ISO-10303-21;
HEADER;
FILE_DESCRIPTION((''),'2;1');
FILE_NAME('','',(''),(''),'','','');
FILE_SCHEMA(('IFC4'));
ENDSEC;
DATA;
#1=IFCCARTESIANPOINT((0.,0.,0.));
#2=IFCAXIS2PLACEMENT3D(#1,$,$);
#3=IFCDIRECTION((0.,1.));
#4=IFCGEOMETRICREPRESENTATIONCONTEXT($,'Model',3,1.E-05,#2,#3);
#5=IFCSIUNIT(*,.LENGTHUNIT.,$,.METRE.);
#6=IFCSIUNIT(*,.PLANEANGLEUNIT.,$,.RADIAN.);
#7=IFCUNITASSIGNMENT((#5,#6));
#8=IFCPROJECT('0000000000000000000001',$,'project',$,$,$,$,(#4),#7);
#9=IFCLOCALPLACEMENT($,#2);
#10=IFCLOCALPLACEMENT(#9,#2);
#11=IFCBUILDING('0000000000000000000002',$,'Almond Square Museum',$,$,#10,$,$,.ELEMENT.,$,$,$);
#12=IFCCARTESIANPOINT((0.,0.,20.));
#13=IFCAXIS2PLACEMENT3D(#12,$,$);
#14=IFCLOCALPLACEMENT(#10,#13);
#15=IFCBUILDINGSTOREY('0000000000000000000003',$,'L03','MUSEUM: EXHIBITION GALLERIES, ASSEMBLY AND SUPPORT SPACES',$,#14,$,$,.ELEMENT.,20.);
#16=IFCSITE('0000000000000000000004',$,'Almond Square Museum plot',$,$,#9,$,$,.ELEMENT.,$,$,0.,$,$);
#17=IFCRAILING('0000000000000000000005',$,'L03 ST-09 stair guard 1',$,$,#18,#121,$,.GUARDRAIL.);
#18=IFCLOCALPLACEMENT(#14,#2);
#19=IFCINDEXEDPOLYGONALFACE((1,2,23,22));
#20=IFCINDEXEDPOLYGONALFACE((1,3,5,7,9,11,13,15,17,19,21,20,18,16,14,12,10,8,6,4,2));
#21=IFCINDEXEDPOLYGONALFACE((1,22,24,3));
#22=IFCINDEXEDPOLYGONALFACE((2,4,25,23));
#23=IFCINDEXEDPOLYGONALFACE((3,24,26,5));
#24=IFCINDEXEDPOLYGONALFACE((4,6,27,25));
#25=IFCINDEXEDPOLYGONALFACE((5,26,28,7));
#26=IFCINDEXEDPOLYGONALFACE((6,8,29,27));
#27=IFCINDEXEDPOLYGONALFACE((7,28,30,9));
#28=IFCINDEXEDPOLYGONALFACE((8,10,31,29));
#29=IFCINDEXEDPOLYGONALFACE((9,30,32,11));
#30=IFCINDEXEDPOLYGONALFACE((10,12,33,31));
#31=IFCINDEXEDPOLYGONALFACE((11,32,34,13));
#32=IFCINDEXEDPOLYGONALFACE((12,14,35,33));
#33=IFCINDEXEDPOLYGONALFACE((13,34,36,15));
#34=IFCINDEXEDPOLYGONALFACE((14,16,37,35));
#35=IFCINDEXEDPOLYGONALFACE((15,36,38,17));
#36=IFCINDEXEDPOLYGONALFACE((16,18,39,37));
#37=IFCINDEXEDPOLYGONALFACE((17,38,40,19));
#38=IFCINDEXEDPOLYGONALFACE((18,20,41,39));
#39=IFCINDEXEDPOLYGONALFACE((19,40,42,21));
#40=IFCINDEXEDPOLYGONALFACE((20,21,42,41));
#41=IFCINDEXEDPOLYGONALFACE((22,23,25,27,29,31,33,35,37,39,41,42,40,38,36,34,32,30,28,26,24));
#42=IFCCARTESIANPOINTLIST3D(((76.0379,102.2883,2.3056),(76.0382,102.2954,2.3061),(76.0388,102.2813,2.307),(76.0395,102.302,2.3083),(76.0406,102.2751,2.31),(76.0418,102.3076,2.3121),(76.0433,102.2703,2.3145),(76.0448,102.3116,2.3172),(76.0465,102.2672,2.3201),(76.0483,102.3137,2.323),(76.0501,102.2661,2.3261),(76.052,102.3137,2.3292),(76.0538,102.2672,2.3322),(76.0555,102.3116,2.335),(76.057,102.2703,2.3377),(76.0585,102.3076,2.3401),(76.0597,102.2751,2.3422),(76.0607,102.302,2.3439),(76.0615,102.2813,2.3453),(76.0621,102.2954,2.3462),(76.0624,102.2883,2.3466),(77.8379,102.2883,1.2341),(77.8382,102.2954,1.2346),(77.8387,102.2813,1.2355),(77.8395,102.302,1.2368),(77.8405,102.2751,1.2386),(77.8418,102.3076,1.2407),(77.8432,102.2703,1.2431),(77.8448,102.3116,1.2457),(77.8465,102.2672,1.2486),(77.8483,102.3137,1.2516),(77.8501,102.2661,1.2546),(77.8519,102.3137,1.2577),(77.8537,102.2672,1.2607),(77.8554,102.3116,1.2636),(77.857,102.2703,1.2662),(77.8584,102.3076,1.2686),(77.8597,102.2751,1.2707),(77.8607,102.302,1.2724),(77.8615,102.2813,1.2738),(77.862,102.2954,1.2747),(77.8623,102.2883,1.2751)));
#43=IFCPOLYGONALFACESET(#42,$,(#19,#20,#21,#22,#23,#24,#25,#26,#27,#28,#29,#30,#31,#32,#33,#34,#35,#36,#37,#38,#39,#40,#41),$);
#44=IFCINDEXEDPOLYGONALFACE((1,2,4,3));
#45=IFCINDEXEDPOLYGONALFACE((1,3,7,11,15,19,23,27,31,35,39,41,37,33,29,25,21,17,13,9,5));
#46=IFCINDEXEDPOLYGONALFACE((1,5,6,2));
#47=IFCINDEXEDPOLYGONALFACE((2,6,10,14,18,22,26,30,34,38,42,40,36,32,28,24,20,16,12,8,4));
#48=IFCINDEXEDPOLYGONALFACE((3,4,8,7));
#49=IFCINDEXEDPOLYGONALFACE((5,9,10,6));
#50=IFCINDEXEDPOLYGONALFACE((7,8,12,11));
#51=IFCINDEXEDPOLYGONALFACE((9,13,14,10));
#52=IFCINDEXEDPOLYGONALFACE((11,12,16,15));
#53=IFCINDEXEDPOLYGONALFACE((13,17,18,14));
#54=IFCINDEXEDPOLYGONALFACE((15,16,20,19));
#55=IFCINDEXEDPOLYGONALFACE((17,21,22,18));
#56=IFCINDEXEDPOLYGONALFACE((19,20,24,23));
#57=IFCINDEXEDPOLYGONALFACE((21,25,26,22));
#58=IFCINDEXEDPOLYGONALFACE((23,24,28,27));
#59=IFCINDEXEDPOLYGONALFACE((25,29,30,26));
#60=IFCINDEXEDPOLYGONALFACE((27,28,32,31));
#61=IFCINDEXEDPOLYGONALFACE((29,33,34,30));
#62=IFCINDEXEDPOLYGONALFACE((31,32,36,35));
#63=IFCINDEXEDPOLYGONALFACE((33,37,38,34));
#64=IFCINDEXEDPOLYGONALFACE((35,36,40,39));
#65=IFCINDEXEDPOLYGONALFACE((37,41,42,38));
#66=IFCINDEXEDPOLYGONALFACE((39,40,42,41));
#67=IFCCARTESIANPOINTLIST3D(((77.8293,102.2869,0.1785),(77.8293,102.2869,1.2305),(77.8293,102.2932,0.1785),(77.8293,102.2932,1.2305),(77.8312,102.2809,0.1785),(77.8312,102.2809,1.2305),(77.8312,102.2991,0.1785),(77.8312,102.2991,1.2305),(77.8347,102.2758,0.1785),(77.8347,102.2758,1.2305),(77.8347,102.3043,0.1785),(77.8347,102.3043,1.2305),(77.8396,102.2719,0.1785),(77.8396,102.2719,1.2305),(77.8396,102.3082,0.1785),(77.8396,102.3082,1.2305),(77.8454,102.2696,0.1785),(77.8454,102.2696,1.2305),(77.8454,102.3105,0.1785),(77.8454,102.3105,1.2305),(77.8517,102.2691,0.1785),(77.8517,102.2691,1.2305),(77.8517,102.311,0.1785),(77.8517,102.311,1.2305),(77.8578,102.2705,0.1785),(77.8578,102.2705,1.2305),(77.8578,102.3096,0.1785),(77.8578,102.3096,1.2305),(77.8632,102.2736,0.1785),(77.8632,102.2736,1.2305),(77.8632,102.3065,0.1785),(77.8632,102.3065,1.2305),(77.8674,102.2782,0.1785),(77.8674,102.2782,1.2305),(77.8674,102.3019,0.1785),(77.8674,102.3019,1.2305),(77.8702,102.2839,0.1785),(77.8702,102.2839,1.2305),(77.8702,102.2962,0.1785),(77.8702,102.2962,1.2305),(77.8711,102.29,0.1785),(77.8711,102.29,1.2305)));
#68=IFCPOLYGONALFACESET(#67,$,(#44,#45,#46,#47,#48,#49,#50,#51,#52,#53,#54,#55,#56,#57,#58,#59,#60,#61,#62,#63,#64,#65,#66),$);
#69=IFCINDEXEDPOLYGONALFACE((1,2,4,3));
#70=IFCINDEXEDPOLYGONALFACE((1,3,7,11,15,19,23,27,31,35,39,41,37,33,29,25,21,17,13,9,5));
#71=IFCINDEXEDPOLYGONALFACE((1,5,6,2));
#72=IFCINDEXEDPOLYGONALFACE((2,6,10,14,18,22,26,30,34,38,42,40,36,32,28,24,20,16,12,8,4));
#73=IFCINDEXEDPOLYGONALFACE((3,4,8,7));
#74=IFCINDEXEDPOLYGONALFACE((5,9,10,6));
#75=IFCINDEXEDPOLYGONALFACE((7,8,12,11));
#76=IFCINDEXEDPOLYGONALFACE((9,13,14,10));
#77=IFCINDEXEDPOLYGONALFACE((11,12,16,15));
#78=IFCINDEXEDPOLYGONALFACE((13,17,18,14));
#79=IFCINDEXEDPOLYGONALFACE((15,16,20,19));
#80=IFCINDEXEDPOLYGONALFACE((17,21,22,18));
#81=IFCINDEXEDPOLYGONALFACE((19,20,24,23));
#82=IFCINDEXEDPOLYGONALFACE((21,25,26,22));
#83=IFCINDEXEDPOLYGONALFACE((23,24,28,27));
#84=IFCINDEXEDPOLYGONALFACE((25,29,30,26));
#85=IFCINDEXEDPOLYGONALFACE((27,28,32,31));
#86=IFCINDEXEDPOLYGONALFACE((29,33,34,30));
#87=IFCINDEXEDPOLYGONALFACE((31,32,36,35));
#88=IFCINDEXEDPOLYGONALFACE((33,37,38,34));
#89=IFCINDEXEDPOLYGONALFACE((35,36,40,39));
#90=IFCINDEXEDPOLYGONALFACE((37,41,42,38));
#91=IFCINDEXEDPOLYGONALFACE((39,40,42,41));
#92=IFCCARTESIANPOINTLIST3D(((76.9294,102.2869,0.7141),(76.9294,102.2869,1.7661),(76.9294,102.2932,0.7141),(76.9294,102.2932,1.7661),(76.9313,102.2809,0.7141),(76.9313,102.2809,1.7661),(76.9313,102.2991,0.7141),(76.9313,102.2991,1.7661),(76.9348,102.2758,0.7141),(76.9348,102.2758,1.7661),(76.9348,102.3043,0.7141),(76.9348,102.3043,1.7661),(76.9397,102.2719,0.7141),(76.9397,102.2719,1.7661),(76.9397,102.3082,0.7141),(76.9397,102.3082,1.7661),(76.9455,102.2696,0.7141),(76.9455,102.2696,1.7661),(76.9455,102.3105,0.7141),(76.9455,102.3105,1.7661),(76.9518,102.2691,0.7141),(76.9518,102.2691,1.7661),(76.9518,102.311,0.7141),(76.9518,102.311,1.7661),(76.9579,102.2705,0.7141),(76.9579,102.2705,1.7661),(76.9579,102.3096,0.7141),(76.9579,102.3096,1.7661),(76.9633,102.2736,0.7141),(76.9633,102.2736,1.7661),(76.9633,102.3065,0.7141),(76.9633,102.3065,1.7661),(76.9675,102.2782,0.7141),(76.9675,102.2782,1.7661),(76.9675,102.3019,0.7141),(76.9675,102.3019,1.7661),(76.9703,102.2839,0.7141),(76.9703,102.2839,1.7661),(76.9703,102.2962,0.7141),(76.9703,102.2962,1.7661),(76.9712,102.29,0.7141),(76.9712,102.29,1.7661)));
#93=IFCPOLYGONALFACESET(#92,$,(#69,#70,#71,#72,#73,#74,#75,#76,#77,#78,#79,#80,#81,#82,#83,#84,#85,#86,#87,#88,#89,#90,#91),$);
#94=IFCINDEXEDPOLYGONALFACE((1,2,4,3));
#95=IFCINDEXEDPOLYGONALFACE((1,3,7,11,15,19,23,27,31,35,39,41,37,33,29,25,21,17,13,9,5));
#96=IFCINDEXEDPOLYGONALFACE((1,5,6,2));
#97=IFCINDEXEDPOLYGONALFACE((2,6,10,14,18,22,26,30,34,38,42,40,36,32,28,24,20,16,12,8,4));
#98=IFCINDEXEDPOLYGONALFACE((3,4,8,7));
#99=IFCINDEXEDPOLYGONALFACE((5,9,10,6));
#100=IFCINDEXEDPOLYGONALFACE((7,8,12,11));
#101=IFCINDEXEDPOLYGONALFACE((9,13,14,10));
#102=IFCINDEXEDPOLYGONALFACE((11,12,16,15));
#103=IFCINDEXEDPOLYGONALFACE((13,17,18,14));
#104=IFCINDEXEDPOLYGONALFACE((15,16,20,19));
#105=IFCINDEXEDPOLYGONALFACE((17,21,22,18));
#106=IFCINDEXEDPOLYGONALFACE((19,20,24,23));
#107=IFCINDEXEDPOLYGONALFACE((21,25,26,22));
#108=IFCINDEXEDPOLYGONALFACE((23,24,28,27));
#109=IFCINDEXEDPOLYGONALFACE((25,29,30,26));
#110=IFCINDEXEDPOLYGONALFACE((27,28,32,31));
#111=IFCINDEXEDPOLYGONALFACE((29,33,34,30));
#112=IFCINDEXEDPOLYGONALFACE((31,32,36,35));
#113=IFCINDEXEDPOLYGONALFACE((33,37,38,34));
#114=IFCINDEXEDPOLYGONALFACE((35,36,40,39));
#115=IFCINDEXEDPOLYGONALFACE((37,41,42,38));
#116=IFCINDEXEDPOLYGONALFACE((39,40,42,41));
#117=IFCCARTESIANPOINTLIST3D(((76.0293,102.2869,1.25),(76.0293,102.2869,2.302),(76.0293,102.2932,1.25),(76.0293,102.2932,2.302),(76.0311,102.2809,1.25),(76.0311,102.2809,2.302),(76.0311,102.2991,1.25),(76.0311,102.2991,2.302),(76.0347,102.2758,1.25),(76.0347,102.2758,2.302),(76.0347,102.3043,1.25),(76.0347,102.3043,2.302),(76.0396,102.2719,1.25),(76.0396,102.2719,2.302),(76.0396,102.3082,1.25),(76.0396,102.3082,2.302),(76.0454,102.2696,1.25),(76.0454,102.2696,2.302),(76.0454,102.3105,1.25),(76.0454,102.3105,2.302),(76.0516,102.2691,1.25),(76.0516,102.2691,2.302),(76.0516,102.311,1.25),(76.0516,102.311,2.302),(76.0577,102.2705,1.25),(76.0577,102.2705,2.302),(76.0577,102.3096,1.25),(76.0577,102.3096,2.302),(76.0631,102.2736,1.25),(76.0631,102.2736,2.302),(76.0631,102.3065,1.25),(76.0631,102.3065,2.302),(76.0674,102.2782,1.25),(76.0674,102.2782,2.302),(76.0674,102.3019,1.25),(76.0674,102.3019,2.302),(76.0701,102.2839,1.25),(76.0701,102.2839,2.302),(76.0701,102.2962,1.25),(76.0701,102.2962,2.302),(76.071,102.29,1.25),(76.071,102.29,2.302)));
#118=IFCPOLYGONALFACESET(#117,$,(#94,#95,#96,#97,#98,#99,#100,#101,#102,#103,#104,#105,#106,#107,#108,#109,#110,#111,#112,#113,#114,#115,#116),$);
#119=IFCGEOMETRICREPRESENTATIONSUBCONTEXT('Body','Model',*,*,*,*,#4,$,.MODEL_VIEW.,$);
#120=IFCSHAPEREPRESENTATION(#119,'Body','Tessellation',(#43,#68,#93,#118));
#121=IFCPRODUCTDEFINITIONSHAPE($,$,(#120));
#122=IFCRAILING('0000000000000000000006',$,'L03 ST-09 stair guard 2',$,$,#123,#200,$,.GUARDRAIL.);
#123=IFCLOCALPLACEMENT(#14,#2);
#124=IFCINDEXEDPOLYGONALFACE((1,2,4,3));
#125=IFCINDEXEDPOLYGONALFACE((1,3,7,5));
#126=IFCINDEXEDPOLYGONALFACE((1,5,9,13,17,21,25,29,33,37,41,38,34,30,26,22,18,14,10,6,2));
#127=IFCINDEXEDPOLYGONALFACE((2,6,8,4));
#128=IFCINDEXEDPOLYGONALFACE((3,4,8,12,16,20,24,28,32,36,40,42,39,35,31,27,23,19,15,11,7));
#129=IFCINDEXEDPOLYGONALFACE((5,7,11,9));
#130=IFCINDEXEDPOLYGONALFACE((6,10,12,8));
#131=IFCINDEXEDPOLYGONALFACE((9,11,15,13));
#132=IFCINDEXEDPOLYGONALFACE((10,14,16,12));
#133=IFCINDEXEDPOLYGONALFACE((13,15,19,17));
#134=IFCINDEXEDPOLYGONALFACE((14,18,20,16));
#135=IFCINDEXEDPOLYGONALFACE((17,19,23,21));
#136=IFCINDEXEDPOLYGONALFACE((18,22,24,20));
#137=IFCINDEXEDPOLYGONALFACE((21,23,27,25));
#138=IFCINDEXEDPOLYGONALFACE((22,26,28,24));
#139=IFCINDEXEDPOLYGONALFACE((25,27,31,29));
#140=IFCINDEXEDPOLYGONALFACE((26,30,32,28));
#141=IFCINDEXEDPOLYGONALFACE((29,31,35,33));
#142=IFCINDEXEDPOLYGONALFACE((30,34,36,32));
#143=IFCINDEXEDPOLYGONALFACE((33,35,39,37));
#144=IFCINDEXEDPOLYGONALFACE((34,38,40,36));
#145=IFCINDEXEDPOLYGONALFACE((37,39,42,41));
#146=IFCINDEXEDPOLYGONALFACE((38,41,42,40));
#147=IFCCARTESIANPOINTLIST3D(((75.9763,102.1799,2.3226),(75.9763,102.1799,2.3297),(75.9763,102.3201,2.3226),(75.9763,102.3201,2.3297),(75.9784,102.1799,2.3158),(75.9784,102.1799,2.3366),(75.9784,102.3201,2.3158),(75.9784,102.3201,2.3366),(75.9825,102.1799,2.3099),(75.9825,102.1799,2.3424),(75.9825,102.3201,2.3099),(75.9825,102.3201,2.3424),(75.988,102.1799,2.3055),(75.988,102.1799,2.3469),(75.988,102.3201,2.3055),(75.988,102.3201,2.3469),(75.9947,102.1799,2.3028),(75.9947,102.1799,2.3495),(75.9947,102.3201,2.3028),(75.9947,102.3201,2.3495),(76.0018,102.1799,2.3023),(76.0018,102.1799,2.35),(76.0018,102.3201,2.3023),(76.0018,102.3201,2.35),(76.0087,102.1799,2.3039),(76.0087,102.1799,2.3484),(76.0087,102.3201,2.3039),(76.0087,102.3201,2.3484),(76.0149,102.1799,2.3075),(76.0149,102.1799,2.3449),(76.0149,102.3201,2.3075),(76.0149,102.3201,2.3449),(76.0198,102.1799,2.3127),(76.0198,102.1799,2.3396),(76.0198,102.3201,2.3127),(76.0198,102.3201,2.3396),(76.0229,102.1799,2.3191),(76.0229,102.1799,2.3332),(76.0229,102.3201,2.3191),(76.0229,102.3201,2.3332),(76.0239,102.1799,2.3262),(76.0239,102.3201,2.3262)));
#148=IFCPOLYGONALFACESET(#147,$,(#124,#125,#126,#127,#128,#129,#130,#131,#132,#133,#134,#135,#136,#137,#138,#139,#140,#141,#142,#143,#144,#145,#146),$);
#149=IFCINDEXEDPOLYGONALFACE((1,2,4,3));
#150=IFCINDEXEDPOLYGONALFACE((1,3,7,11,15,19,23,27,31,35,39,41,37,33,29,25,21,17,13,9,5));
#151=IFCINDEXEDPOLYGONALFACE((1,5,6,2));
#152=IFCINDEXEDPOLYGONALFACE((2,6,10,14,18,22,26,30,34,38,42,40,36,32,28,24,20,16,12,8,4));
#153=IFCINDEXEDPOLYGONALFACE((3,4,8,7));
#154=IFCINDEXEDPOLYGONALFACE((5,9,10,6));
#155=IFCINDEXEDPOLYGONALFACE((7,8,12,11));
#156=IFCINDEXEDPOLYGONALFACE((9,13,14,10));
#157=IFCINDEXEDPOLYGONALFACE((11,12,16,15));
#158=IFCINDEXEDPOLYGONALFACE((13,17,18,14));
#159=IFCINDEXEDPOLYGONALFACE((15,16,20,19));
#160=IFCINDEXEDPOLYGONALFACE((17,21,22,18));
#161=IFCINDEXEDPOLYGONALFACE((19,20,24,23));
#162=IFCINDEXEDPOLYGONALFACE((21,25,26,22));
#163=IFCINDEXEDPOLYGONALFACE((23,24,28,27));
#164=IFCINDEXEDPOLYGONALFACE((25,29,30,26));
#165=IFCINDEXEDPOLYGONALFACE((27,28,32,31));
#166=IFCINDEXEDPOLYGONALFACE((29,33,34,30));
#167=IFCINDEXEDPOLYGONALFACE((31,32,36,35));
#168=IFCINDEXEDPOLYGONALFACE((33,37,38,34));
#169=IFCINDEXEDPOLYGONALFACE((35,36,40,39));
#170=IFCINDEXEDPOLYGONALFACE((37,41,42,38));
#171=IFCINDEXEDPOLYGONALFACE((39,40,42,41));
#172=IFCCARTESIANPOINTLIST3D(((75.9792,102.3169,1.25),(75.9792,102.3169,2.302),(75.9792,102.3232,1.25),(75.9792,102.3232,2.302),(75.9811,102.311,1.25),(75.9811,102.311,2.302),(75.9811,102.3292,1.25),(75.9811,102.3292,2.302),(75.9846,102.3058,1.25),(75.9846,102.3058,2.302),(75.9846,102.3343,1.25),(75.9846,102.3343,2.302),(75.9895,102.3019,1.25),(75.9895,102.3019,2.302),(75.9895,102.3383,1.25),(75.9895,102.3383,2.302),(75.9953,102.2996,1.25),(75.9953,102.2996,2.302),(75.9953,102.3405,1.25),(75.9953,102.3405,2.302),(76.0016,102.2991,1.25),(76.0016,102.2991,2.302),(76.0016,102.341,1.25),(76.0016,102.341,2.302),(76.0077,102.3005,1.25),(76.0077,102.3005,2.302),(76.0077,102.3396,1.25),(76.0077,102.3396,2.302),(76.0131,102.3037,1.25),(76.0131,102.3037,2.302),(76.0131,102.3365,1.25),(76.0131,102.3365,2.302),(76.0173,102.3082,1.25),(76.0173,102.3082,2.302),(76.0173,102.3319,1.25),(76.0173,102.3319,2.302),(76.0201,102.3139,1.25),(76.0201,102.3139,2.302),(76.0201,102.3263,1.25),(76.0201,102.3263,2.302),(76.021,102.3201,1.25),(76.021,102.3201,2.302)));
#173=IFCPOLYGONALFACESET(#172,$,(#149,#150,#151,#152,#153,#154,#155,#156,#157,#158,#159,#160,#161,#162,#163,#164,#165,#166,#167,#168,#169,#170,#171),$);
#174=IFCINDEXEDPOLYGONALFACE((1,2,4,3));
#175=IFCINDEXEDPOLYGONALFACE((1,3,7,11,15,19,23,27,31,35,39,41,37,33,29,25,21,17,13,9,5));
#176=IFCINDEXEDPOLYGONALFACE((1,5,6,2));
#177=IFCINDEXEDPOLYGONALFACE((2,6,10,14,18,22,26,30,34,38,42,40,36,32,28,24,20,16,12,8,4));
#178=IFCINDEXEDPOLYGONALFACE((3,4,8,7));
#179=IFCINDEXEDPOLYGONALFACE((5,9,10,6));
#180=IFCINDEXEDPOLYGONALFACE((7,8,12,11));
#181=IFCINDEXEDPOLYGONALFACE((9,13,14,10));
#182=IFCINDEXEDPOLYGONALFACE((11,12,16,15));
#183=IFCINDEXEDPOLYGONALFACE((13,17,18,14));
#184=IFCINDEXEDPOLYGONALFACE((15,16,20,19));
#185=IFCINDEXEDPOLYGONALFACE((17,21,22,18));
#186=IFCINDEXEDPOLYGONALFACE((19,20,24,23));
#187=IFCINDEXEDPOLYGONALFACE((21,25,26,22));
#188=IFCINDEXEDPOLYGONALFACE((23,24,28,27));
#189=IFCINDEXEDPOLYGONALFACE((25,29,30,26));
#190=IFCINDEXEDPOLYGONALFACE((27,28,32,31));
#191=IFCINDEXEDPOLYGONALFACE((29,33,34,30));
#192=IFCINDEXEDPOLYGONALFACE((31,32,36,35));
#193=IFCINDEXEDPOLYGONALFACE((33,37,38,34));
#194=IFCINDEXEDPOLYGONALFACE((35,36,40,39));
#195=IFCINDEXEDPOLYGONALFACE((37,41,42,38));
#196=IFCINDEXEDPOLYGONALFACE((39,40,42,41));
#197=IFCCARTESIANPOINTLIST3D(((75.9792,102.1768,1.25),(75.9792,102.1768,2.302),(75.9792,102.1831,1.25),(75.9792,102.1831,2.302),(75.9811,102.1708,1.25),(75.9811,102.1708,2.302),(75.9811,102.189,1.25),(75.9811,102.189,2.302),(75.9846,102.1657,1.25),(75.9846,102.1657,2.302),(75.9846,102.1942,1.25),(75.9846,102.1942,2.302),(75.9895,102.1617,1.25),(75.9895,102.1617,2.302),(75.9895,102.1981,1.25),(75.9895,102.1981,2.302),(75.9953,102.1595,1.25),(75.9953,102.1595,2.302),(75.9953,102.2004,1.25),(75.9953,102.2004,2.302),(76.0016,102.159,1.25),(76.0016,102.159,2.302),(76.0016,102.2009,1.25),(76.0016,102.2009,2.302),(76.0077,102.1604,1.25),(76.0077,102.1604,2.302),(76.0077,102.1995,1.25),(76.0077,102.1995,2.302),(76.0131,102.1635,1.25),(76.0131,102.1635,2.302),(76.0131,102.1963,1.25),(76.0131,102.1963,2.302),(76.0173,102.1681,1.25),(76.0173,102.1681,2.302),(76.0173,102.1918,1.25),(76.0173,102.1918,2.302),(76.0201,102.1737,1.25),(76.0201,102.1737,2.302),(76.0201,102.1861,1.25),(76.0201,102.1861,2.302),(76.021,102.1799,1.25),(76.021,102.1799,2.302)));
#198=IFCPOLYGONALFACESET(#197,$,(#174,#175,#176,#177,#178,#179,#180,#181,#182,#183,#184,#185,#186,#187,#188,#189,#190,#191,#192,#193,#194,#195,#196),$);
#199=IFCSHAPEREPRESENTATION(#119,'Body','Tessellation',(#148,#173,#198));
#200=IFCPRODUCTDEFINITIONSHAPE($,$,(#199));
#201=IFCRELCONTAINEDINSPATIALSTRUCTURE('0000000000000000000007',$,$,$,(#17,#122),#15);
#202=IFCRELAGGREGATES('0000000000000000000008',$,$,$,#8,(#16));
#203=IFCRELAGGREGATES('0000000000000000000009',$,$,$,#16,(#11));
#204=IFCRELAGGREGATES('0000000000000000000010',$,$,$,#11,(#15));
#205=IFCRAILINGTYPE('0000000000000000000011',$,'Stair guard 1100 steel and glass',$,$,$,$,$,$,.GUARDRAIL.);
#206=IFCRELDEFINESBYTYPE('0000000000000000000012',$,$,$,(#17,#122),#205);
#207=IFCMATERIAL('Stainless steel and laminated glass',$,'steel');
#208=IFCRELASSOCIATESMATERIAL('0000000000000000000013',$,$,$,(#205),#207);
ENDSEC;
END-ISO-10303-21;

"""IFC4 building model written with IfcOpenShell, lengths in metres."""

from ifc_helpers import new_model, si_unit, direction, frame, origin, origin_2d, place, context, subcontext, project, spatial, circle, extrude, material, type_object, element, save


model = new_model("IFC4")

# Units and contexts
model_context = context("Model", 3, precision=1e-05, world=origin(), true_north=direction((0.0, 1.0)))
body_context = subcontext(model_context, "Body", "Model", "MODEL_VIEW")
ifc_project = project(units=[si_unit("LENGTHUNIT", "METRE"), si_unit("PLANEANGLEUNIT", "RADIAN")], contexts=[model_context])

# Site, building, storey
site_placement = place(None, origin())
site = spatial("IfcSite", under=ifc_project, at=site_placement, Name="Almond Square Museum plot", CompositionType="ELEMENT", RefElevation=0.0)
building_placement = place(site_placement, origin())
building = spatial("IfcBuilding", under=site, at=building_placement, Name="Almond Square Museum", CompositionType="ELEMENT")
storey_placement = place(building_placement, frame((0.0, 0.0, 20.0)))
storey = spatial("IfcBuildingStorey", under=building, at=storey_placement, Name="L03", Description="MUSEUM: EXHIBITION GALLERIES, ASSEMBLY AND SUPPORT SPACES", CompositionType="ELEMENT", Elevation=20.0)

# Railings
ifc_material_1 = material(Name="Stainless steel and laminated glass", Category="steel")
railing_type_1 = type_object("IfcRailingType", Name="Stair guard 1100 steel and glass", PredefinedType="GUARDRAIL", material=ifc_material_1)
railing_1_placement = place(storey_placement, frame((77.8501, 102.29, 0.1785)))
element("IfcRailing", 1, at=railing_1_placement, inside=storey, type_object=railing_type_1, Name="L03 ST-09 stair guard 1", PredefinedType="GUARDRAIL", context=body_context, shape_type="SweptSolid", body=[
    extrude(circle(Radius=0.0239, at=origin_2d()), frame((0.0, 0.0, 1.0762), z_axis=(-0.859277, 0.0, 0.51151), x_axis=(0.0, -1.0, 0.0)), (0.0, 0.0, 1.0), 2.0947),
    extrude(circle(Radius=0.021, at=origin_2d()), origin(), (0.0, 0.0, 1.0), 1.052),
    extrude(circle(Radius=0.021, at=origin_2d()), frame((-0.8999, 0.0, 0.5356)), (0.0, 0.0, 1.0), 1.052),
    extrude(circle(Radius=0.021, at=origin_2d()), frame((-1.8, 0.0, 1.0715)), (0.0, 0.0, 1.0), 1.052),
])
railing_2_placement = place(storey_placement, frame((76.0, 102.3201, 1.25)))
element("IfcRailing", 2, at=railing_2_placement, inside=storey, type_object=railing_type_1, Name="L03 ST-09 stair guard 2", PredefinedType="GUARDRAIL", context=body_context, shape_type="SweptSolid", body=[
    extrude(circle(Radius=0.0239, at=origin_2d()), frame((0.0, 0.0, 1.0762), z_axis=(0.0, -1.0, 0.0), x_axis=(1.0, 0.0, 0.0)), (0.0, 0.0, 1.0), 0.1401),
    extrude(circle(Radius=0.021, at=origin_2d()), origin(), (0.0, 0.0, 1.0), 1.052),
    extrude(circle(Radius=0.021, at=origin_2d()), frame((0.0, -0.1401, 0.0)), (0.0, 0.0, 1.0), 1.052),
])

save(model, "model.ifc")
